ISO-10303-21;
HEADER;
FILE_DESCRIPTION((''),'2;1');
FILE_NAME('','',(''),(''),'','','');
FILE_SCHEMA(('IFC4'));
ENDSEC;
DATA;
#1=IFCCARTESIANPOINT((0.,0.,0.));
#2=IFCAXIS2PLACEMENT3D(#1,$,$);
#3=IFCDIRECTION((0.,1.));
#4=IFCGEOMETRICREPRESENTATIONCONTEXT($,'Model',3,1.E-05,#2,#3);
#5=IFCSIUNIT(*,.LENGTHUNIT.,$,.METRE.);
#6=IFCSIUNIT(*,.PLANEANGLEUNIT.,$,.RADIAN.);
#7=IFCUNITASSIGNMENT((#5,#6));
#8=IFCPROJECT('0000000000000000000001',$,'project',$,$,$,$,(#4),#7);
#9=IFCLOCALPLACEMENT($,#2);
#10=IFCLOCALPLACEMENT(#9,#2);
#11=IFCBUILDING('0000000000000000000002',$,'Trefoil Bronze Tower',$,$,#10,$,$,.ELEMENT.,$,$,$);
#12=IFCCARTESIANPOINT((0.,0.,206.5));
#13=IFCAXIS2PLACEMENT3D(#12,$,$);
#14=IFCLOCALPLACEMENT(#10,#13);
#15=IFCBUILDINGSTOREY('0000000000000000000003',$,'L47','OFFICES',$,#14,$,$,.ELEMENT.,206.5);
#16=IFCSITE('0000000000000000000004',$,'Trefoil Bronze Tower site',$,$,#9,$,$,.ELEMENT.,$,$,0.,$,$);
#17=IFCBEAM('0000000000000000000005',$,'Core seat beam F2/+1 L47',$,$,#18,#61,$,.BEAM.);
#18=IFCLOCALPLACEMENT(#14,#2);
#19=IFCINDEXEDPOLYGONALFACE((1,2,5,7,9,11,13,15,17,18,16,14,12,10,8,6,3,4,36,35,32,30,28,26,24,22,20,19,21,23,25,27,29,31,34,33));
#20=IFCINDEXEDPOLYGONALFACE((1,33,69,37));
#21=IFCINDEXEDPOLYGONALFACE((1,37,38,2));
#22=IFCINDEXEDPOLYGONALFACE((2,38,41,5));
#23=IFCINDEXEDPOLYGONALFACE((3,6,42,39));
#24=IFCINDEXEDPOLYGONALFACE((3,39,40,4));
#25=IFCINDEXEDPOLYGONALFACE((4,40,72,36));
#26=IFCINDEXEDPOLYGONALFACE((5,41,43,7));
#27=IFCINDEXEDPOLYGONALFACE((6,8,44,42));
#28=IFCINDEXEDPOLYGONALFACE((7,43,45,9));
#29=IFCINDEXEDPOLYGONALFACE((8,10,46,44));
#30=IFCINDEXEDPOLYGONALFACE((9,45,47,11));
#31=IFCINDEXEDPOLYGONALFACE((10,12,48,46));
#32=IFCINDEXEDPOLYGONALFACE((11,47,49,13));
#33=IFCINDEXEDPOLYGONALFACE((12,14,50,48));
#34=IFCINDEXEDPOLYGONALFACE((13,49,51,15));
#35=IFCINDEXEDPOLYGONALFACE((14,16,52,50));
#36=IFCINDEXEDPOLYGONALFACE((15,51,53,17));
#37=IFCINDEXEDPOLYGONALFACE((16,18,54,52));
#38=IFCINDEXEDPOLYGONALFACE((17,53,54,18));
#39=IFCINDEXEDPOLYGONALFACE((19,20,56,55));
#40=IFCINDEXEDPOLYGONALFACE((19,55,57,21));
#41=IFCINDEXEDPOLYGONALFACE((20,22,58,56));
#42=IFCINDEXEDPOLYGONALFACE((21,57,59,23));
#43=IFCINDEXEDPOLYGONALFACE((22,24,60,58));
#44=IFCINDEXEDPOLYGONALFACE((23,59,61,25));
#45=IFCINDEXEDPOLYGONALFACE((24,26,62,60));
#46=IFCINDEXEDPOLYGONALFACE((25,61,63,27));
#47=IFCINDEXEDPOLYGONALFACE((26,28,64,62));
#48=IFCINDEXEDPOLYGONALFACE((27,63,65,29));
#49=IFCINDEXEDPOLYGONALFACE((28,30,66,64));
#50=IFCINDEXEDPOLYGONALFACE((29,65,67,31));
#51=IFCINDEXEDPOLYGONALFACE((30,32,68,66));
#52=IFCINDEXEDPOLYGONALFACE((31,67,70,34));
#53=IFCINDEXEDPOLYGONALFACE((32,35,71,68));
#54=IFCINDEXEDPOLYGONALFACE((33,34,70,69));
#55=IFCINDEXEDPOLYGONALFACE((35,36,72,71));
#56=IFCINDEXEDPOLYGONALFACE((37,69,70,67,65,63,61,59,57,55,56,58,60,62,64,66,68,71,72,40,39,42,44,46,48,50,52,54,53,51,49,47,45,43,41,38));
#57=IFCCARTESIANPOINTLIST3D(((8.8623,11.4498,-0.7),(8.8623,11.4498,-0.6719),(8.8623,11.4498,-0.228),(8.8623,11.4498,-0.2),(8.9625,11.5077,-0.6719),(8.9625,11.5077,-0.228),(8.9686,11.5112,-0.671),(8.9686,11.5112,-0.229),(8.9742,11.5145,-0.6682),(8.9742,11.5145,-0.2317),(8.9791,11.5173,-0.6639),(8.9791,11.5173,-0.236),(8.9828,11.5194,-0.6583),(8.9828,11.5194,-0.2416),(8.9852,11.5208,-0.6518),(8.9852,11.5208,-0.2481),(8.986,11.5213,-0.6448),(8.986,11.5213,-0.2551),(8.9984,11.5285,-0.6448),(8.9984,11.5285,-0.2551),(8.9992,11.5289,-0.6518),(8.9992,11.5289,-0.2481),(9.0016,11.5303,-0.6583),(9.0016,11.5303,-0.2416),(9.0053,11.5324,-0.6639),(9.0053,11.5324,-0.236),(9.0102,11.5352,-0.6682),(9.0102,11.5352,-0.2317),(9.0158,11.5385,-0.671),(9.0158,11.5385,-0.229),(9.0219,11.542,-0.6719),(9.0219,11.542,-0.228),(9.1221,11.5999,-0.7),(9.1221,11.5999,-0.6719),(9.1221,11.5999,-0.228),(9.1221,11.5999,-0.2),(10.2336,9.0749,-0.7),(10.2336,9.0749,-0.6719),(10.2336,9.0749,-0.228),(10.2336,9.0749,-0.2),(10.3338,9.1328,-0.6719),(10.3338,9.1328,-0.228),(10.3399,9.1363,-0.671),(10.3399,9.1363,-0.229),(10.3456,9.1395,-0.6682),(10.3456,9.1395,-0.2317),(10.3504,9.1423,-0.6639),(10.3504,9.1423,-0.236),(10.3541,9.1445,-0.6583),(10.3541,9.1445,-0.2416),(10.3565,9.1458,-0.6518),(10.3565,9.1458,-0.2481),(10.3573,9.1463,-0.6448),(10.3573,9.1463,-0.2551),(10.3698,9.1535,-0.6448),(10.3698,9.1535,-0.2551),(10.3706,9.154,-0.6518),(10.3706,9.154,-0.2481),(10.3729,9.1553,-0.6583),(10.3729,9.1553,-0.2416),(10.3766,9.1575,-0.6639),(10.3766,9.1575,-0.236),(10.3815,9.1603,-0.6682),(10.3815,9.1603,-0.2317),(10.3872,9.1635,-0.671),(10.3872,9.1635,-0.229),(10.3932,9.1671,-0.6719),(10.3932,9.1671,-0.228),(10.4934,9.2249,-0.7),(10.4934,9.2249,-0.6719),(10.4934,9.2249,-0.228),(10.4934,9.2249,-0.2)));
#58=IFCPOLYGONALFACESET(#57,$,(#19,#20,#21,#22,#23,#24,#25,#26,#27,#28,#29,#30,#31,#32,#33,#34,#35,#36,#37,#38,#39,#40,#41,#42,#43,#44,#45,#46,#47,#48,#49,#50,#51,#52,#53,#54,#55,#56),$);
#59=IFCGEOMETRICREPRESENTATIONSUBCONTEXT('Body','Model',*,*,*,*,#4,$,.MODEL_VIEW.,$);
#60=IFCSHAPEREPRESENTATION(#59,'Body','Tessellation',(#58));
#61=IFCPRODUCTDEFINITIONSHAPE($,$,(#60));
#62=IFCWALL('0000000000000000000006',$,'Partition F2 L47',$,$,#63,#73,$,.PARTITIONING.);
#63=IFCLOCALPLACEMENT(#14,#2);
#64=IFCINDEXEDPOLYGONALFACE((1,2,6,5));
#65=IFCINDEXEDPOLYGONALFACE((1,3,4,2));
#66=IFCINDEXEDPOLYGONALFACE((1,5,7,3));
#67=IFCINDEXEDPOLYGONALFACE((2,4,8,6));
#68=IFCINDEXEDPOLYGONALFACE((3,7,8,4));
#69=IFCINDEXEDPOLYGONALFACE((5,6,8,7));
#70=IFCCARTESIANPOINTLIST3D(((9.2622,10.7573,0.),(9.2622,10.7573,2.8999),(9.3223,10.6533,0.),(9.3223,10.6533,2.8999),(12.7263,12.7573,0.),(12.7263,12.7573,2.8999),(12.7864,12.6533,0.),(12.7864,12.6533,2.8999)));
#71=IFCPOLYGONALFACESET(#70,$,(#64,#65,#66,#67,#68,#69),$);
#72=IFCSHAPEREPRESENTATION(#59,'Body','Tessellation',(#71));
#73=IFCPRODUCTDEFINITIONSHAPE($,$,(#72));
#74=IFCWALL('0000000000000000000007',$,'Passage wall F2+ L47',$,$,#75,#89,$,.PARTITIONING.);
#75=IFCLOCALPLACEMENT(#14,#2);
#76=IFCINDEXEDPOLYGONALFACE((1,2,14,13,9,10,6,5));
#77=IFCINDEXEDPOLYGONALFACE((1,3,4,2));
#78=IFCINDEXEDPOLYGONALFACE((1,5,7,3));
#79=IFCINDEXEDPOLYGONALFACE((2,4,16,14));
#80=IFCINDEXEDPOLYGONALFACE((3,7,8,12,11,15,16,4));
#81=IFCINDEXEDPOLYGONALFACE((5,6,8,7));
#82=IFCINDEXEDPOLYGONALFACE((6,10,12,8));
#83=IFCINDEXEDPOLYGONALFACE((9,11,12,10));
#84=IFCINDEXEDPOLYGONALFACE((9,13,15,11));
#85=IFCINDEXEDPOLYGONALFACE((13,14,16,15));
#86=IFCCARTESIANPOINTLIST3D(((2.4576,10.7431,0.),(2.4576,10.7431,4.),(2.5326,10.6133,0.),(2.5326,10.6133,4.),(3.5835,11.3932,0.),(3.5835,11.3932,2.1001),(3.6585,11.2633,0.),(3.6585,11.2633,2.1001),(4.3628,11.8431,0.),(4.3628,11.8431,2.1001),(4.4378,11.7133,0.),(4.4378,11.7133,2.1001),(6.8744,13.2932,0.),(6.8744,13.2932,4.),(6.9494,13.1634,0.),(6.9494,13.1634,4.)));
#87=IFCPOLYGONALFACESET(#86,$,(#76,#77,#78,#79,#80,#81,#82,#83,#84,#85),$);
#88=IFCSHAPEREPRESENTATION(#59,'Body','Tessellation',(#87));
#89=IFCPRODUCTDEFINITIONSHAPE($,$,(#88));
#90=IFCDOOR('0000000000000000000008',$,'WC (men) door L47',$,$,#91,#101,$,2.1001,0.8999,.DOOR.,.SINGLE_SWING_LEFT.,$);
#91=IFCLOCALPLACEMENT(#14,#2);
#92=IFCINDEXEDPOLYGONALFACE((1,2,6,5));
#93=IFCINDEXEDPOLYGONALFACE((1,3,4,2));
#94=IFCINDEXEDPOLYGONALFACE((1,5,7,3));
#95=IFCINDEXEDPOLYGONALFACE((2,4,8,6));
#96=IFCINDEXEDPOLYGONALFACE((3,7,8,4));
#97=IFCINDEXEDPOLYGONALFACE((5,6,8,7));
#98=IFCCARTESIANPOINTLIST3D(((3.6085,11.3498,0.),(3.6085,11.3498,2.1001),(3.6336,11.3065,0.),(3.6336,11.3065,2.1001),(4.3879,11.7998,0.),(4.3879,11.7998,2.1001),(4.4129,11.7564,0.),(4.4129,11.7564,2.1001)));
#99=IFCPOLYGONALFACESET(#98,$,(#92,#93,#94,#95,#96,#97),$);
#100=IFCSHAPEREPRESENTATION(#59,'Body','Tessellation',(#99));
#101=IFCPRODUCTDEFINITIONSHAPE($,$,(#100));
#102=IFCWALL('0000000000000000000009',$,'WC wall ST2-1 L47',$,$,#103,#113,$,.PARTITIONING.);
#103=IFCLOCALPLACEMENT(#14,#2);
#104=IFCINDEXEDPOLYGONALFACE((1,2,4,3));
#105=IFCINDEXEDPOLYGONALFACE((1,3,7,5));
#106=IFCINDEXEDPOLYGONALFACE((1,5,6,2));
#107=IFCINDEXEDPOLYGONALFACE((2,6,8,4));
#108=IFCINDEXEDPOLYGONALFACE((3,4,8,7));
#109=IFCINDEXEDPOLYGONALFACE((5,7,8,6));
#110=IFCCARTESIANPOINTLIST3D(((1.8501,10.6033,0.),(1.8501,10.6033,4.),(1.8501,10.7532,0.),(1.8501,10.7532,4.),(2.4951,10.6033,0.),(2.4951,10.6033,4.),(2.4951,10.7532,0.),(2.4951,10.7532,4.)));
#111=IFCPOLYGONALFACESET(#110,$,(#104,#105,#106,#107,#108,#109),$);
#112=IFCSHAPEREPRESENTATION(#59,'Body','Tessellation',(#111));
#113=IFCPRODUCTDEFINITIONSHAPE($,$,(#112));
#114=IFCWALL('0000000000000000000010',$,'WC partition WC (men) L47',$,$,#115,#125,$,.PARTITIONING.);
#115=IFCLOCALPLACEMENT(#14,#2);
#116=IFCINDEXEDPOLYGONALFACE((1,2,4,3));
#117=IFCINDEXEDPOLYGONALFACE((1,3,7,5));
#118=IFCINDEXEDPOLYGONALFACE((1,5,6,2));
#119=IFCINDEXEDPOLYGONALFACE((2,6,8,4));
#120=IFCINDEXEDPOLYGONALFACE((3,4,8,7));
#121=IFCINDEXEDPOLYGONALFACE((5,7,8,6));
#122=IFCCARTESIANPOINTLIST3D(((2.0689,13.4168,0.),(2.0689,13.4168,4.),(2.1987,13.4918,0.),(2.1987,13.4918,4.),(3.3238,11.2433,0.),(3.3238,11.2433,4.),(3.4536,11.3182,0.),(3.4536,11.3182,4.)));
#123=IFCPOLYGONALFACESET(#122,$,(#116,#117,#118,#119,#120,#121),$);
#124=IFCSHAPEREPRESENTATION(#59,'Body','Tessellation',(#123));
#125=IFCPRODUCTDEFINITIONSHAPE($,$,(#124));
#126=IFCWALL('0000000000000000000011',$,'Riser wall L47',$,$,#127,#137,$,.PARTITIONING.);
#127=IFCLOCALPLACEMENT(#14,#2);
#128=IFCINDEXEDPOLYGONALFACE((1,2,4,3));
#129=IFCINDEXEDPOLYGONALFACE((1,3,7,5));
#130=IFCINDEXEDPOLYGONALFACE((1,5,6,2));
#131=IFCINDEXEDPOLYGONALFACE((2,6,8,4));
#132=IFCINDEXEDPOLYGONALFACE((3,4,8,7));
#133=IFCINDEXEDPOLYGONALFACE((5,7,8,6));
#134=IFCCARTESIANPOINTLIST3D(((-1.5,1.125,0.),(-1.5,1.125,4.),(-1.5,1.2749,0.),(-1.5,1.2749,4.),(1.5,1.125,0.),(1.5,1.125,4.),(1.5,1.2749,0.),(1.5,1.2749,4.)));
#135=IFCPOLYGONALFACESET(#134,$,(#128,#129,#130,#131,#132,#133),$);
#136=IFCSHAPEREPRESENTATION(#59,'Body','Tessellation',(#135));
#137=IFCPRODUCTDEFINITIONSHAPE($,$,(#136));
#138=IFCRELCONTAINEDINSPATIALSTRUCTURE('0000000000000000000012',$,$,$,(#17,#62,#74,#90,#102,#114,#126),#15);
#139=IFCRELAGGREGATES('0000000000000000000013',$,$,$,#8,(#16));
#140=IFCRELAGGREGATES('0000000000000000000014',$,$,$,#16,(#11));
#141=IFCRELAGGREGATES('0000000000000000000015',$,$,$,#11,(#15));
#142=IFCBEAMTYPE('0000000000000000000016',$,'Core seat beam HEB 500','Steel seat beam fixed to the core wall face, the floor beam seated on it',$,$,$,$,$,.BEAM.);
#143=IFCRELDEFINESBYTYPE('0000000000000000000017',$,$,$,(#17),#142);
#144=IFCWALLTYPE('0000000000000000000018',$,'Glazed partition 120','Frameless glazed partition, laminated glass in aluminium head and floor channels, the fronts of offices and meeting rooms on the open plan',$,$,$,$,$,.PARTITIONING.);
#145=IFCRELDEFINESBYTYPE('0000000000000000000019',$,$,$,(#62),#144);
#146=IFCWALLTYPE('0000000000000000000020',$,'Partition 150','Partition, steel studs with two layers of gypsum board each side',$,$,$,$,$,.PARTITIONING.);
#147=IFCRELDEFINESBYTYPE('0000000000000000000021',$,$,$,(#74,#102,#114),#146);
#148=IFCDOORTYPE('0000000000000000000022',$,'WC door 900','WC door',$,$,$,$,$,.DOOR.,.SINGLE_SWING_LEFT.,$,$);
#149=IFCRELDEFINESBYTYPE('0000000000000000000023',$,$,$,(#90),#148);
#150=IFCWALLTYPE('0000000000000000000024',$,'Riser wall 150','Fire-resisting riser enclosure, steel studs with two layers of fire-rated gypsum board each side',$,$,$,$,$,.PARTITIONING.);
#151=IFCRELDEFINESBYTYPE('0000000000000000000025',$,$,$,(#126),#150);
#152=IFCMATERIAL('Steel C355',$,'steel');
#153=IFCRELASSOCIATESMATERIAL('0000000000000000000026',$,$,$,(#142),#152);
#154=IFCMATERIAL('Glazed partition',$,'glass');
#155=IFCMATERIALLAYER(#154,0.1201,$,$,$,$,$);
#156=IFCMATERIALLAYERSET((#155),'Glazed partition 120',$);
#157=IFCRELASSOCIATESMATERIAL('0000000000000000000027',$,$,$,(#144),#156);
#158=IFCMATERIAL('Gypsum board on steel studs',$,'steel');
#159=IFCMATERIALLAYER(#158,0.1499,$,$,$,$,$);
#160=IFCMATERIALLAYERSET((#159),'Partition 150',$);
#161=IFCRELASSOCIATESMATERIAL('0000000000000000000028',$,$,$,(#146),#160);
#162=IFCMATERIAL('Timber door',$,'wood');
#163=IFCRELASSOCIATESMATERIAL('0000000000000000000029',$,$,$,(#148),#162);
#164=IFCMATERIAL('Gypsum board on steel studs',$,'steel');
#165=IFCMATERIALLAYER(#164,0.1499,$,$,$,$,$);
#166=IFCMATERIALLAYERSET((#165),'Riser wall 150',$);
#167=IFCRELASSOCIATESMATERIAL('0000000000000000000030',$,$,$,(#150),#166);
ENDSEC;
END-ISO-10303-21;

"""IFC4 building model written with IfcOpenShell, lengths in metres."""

from ifc_helpers import new_model, si_unit, direction, frame, frame_2d, origin, origin_2d, place, context, subcontext, project, spatial, rectangle, i_section, extrude, material, layer, layer_set, material_profile, profile_set, type_object, element, fill, save


model = new_model("IFC4")

# Units and contexts
model_context = context("Model", 3, precision=1e-05, world=origin(), true_north=direction((0.0, 1.0)))
body_context = subcontext(model_context, "Body", "Model", "MODEL_VIEW")
ifc_project = project(units=[si_unit("LENGTHUNIT", "METRE"), si_unit("PLANEANGLEUNIT", "RADIAN")], contexts=[model_context])

# Site, building, storey
site_placement = place(None, origin())
site = spatial("IfcSite", under=ifc_project, at=site_placement, Name="Trefoil Bronze Tower site", CompositionType="ELEMENT", RefElevation=0.0)
building_placement = place(site_placement, origin())
building = spatial("IfcBuilding", under=site, at=building_placement, Name="Trefoil Bronze Tower", CompositionType="ELEMENT")
storey_placement = place(building_placement, frame((0.0, 0.0, 206.5)))
storey = spatial("IfcBuildingStorey", under=building, at=storey_placement, Name="L47", Description="OFFICES", CompositionType="ELEMENT", Elevation=206.5)

# Beam
ifc_material_1 = material(Name="Steel C355", Category="steel")
ifc_material_profile = material_profile(ifc_material_1, i_section(OverallWidth=0.3, OverallDepth=0.5, WebThickness=0.0144, FlangeThickness=0.0281, FilletRadius=0.0271, at=origin_2d()), Name="HEB 500")
ifc_profile_set = profile_set([ifc_material_profile], Name="Steel C355")
beam_type = type_object("IfcBeamType", Name="Core seat beam HEB 500", Description="Steel seat beam fixed to the core wall face, the floor beam seated on it", PredefinedType="BEAM", material=ifc_profile_set)
beam_placement = place(storey_placement, frame((10.3635, 9.1499, -0.45), z_axis=(-0.500036, 0.866005, 0.0), x_axis=(-0.866005, -0.500036, 0.0)))
element("IfcBeam", 1, at=beam_placement, inside=storey, type_object=beam_type, Name="Core seat beam F2/+1 L47", PredefinedType="BEAM", context=body_context, shape_type="SweptSolid", body=[
    extrude(i_section(OverallWidth=0.3, OverallDepth=0.5, WebThickness=0.0144, FlangeThickness=0.0281, FilletRadius=0.0271, at=origin_2d()), origin(), (0.0, 0.0, 1.0), 2.7424),
])

# Wall
ifc_material_2 = material(Name="Glazed partition", Category="glass")
ifc_layer_1 = layer(ifc_material_2, 0.1201)
ifc_layer_set_1 = layer_set([ifc_layer_1], Name="Glazed partition 120")
wall_type_1 = type_object("IfcWallType", Name="Glazed partition 120", Description="Frameless glazed partition, laminated glass in aluminium head and floor channels, the fronts of offices and meeting rooms on the open plan", PredefinedType="PARTITIONING", material=ifc_layer_set_1)
wall_1_placement = place(storey_placement, frame((9.2922, 10.7053, 0.0), z_axis=(0.0, 0.0, 1.0), x_axis=(0.866026, 0.499999, 0.0)))
element("IfcWall", 2, at=wall_1_placement, inside=storey, type_object=wall_type_1, Name="Partition F2 L47", PredefinedType="PARTITIONING", context=body_context, shape_type="SweptSolid", body=[
    extrude(rectangle(XDim=4.0, YDim=0.1201, at=frame_2d((2.0, 0.0))), origin(), (0.0, 0.0, 1.0), 2.8999),
])

# Wall, opening, door
ifc_material_3 = material(Name="Gypsum board on steel studs", Category="steel")
ifc_layer_2 = layer(ifc_material_3, 0.1499)
ifc_layer_set_2 = layer_set([ifc_layer_2], Name="Partition 150")
wall_type_2 = type_object("IfcWallType", Name="Partition 150", Description="Partition, steel studs with two layers of gypsum board each side", PredefinedType="PARTITIONING", material=ifc_layer_set_2)
wall_2_placement = place(storey_placement, frame((2.4951, 10.6782, 0.0), z_axis=(0.0, 0.0, 1.0), x_axis=(0.866022, 0.500006, 0.0)))
wall_2 = element("IfcWall", 3, at=wall_2_placement, inside=storey, type_object=wall_type_2, Name="Passage wall F2+ L47", PredefinedType="PARTITIONING", context=body_context, shape_type="SweptSolid", body=[
    extrude(rectangle(XDim=5.1001, YDim=0.1499, at=frame_2d((2.55, 0.0))), origin(), (0.0, 0.0, 1.0), 4.0),
])
opening_1_placement = place(wall_2_placement, frame((1.3, 0.0, 0.0)))
opening_1 = element("IfcOpeningElement", 4, at=opening_1_placement, cuts=wall_2, PredefinedType="OPENING", context=body_context, shape_type="SweptSolid", body=[
    extrude(rectangle(XDim=0.8999, YDim=2.1001, at=frame_2d((0.45, 1.05))), frame((0.0, 0.085, 0.0), z_axis=(0.0, -1.0, 0.0), x_axis=(1.0, 0.0, 0.0)), (0.0, 0.0, 1.0), 0.1699),
])
ifc_material_4 = material(Name="Timber door", Category="wood")
door_type_1 = type_object("IfcDoorType", Name="WC door 900", Description="WC door", OperationType="SINGLE_SWING_LEFT", PredefinedType="DOOR", material=ifc_material_4)
door_1_placement = place(opening_1_placement, origin())
door_1 = element("IfcDoor", 5, at=door_1_placement, inside=storey, type_object=door_type_1, Name="WC (men) door L47", OperationType="SINGLE_SWING_LEFT", OverallHeight=2.1001, OverallWidth=0.8999, PredefinedType="DOOR", context=body_context, shape_type="SweptSolid", body=[
    extrude(rectangle(XDim=0.8999, YDim=2.1001, at=frame_2d((0.45, 1.05))), frame((0.0, 0.0249, 0.0), z_axis=(0.0, -1.0, 0.0), x_axis=(1.0, 0.0, 0.0)), (0.0, 0.0, 1.0), 0.05),
])
fill(opening_1, door_1)

# Walls
wall_3_placement = place(storey_placement, frame((2.4951, 10.6782, 0.0), z_axis=(0.0, 0.0, 1.0), x_axis=(-1.0, 0.0, 0.0)))
element("IfcWall", 6, at=wall_3_placement, inside=storey, type_object=wall_type_2, Name="WC wall ST2-1 L47", PredefinedType="PARTITIONING", context=body_context, shape_type="SweptSolid", body=[
    extrude(rectangle(XDim=0.645, YDim=0.1499, at=frame_2d((0.3225, 0.0))), origin(), (0.0, 0.0, 1.0), 4.0),
])
wall_4_placement = place(storey_placement, frame((3.3887, 11.2808, 0.0), z_axis=(0.0, 0.0, 1.0), x_axis=(-0.499989, 0.866032, 0.0)))
element("IfcWall", 7, at=wall_4_placement, inside=storey, type_object=wall_type_2, Name="WC partition WC (men) L47", PredefinedType="PARTITIONING", context=body_context, shape_type="SweptSolid", body=[
    extrude(rectangle(XDim=2.5098, YDim=0.1499, at=frame_2d((1.2549, 0.0))), origin(), (0.0, 0.0, 1.0), 4.0),
])
ifc_material_5 = material(Name="Gypsum board on steel studs", Category="steel")
ifc_layer_3 = layer(ifc_material_5, 0.1499)
ifc_layer_set_3 = layer_set([ifc_layer_3], Name="Riser wall 150")
wall_type_3 = type_object("IfcWallType", Name="Riser wall 150", Description="Fire-resisting riser enclosure, steel studs with two layers of fire-rated gypsum board each side", PredefinedType="PARTITIONING", material=ifc_layer_set_3)
wall_5_placement = place(storey_placement, frame((1.5, 1.2, 0.0), z_axis=(0.0, 0.0, 1.0), x_axis=(-1.0, 0.0, 0.0)))
element("IfcWall", 8, at=wall_5_placement, inside=storey, type_object=wall_type_3, Name="Riser wall L47", PredefinedType="PARTITIONING", context=body_context, shape_type="SweptSolid", body=[
    extrude(rectangle(XDim=3.0, YDim=0.1499, at=frame_2d((1.5, 0.0))), origin(), (0.0, 0.0, 1.0), 4.0),
])

save(model, "model.ifc")
